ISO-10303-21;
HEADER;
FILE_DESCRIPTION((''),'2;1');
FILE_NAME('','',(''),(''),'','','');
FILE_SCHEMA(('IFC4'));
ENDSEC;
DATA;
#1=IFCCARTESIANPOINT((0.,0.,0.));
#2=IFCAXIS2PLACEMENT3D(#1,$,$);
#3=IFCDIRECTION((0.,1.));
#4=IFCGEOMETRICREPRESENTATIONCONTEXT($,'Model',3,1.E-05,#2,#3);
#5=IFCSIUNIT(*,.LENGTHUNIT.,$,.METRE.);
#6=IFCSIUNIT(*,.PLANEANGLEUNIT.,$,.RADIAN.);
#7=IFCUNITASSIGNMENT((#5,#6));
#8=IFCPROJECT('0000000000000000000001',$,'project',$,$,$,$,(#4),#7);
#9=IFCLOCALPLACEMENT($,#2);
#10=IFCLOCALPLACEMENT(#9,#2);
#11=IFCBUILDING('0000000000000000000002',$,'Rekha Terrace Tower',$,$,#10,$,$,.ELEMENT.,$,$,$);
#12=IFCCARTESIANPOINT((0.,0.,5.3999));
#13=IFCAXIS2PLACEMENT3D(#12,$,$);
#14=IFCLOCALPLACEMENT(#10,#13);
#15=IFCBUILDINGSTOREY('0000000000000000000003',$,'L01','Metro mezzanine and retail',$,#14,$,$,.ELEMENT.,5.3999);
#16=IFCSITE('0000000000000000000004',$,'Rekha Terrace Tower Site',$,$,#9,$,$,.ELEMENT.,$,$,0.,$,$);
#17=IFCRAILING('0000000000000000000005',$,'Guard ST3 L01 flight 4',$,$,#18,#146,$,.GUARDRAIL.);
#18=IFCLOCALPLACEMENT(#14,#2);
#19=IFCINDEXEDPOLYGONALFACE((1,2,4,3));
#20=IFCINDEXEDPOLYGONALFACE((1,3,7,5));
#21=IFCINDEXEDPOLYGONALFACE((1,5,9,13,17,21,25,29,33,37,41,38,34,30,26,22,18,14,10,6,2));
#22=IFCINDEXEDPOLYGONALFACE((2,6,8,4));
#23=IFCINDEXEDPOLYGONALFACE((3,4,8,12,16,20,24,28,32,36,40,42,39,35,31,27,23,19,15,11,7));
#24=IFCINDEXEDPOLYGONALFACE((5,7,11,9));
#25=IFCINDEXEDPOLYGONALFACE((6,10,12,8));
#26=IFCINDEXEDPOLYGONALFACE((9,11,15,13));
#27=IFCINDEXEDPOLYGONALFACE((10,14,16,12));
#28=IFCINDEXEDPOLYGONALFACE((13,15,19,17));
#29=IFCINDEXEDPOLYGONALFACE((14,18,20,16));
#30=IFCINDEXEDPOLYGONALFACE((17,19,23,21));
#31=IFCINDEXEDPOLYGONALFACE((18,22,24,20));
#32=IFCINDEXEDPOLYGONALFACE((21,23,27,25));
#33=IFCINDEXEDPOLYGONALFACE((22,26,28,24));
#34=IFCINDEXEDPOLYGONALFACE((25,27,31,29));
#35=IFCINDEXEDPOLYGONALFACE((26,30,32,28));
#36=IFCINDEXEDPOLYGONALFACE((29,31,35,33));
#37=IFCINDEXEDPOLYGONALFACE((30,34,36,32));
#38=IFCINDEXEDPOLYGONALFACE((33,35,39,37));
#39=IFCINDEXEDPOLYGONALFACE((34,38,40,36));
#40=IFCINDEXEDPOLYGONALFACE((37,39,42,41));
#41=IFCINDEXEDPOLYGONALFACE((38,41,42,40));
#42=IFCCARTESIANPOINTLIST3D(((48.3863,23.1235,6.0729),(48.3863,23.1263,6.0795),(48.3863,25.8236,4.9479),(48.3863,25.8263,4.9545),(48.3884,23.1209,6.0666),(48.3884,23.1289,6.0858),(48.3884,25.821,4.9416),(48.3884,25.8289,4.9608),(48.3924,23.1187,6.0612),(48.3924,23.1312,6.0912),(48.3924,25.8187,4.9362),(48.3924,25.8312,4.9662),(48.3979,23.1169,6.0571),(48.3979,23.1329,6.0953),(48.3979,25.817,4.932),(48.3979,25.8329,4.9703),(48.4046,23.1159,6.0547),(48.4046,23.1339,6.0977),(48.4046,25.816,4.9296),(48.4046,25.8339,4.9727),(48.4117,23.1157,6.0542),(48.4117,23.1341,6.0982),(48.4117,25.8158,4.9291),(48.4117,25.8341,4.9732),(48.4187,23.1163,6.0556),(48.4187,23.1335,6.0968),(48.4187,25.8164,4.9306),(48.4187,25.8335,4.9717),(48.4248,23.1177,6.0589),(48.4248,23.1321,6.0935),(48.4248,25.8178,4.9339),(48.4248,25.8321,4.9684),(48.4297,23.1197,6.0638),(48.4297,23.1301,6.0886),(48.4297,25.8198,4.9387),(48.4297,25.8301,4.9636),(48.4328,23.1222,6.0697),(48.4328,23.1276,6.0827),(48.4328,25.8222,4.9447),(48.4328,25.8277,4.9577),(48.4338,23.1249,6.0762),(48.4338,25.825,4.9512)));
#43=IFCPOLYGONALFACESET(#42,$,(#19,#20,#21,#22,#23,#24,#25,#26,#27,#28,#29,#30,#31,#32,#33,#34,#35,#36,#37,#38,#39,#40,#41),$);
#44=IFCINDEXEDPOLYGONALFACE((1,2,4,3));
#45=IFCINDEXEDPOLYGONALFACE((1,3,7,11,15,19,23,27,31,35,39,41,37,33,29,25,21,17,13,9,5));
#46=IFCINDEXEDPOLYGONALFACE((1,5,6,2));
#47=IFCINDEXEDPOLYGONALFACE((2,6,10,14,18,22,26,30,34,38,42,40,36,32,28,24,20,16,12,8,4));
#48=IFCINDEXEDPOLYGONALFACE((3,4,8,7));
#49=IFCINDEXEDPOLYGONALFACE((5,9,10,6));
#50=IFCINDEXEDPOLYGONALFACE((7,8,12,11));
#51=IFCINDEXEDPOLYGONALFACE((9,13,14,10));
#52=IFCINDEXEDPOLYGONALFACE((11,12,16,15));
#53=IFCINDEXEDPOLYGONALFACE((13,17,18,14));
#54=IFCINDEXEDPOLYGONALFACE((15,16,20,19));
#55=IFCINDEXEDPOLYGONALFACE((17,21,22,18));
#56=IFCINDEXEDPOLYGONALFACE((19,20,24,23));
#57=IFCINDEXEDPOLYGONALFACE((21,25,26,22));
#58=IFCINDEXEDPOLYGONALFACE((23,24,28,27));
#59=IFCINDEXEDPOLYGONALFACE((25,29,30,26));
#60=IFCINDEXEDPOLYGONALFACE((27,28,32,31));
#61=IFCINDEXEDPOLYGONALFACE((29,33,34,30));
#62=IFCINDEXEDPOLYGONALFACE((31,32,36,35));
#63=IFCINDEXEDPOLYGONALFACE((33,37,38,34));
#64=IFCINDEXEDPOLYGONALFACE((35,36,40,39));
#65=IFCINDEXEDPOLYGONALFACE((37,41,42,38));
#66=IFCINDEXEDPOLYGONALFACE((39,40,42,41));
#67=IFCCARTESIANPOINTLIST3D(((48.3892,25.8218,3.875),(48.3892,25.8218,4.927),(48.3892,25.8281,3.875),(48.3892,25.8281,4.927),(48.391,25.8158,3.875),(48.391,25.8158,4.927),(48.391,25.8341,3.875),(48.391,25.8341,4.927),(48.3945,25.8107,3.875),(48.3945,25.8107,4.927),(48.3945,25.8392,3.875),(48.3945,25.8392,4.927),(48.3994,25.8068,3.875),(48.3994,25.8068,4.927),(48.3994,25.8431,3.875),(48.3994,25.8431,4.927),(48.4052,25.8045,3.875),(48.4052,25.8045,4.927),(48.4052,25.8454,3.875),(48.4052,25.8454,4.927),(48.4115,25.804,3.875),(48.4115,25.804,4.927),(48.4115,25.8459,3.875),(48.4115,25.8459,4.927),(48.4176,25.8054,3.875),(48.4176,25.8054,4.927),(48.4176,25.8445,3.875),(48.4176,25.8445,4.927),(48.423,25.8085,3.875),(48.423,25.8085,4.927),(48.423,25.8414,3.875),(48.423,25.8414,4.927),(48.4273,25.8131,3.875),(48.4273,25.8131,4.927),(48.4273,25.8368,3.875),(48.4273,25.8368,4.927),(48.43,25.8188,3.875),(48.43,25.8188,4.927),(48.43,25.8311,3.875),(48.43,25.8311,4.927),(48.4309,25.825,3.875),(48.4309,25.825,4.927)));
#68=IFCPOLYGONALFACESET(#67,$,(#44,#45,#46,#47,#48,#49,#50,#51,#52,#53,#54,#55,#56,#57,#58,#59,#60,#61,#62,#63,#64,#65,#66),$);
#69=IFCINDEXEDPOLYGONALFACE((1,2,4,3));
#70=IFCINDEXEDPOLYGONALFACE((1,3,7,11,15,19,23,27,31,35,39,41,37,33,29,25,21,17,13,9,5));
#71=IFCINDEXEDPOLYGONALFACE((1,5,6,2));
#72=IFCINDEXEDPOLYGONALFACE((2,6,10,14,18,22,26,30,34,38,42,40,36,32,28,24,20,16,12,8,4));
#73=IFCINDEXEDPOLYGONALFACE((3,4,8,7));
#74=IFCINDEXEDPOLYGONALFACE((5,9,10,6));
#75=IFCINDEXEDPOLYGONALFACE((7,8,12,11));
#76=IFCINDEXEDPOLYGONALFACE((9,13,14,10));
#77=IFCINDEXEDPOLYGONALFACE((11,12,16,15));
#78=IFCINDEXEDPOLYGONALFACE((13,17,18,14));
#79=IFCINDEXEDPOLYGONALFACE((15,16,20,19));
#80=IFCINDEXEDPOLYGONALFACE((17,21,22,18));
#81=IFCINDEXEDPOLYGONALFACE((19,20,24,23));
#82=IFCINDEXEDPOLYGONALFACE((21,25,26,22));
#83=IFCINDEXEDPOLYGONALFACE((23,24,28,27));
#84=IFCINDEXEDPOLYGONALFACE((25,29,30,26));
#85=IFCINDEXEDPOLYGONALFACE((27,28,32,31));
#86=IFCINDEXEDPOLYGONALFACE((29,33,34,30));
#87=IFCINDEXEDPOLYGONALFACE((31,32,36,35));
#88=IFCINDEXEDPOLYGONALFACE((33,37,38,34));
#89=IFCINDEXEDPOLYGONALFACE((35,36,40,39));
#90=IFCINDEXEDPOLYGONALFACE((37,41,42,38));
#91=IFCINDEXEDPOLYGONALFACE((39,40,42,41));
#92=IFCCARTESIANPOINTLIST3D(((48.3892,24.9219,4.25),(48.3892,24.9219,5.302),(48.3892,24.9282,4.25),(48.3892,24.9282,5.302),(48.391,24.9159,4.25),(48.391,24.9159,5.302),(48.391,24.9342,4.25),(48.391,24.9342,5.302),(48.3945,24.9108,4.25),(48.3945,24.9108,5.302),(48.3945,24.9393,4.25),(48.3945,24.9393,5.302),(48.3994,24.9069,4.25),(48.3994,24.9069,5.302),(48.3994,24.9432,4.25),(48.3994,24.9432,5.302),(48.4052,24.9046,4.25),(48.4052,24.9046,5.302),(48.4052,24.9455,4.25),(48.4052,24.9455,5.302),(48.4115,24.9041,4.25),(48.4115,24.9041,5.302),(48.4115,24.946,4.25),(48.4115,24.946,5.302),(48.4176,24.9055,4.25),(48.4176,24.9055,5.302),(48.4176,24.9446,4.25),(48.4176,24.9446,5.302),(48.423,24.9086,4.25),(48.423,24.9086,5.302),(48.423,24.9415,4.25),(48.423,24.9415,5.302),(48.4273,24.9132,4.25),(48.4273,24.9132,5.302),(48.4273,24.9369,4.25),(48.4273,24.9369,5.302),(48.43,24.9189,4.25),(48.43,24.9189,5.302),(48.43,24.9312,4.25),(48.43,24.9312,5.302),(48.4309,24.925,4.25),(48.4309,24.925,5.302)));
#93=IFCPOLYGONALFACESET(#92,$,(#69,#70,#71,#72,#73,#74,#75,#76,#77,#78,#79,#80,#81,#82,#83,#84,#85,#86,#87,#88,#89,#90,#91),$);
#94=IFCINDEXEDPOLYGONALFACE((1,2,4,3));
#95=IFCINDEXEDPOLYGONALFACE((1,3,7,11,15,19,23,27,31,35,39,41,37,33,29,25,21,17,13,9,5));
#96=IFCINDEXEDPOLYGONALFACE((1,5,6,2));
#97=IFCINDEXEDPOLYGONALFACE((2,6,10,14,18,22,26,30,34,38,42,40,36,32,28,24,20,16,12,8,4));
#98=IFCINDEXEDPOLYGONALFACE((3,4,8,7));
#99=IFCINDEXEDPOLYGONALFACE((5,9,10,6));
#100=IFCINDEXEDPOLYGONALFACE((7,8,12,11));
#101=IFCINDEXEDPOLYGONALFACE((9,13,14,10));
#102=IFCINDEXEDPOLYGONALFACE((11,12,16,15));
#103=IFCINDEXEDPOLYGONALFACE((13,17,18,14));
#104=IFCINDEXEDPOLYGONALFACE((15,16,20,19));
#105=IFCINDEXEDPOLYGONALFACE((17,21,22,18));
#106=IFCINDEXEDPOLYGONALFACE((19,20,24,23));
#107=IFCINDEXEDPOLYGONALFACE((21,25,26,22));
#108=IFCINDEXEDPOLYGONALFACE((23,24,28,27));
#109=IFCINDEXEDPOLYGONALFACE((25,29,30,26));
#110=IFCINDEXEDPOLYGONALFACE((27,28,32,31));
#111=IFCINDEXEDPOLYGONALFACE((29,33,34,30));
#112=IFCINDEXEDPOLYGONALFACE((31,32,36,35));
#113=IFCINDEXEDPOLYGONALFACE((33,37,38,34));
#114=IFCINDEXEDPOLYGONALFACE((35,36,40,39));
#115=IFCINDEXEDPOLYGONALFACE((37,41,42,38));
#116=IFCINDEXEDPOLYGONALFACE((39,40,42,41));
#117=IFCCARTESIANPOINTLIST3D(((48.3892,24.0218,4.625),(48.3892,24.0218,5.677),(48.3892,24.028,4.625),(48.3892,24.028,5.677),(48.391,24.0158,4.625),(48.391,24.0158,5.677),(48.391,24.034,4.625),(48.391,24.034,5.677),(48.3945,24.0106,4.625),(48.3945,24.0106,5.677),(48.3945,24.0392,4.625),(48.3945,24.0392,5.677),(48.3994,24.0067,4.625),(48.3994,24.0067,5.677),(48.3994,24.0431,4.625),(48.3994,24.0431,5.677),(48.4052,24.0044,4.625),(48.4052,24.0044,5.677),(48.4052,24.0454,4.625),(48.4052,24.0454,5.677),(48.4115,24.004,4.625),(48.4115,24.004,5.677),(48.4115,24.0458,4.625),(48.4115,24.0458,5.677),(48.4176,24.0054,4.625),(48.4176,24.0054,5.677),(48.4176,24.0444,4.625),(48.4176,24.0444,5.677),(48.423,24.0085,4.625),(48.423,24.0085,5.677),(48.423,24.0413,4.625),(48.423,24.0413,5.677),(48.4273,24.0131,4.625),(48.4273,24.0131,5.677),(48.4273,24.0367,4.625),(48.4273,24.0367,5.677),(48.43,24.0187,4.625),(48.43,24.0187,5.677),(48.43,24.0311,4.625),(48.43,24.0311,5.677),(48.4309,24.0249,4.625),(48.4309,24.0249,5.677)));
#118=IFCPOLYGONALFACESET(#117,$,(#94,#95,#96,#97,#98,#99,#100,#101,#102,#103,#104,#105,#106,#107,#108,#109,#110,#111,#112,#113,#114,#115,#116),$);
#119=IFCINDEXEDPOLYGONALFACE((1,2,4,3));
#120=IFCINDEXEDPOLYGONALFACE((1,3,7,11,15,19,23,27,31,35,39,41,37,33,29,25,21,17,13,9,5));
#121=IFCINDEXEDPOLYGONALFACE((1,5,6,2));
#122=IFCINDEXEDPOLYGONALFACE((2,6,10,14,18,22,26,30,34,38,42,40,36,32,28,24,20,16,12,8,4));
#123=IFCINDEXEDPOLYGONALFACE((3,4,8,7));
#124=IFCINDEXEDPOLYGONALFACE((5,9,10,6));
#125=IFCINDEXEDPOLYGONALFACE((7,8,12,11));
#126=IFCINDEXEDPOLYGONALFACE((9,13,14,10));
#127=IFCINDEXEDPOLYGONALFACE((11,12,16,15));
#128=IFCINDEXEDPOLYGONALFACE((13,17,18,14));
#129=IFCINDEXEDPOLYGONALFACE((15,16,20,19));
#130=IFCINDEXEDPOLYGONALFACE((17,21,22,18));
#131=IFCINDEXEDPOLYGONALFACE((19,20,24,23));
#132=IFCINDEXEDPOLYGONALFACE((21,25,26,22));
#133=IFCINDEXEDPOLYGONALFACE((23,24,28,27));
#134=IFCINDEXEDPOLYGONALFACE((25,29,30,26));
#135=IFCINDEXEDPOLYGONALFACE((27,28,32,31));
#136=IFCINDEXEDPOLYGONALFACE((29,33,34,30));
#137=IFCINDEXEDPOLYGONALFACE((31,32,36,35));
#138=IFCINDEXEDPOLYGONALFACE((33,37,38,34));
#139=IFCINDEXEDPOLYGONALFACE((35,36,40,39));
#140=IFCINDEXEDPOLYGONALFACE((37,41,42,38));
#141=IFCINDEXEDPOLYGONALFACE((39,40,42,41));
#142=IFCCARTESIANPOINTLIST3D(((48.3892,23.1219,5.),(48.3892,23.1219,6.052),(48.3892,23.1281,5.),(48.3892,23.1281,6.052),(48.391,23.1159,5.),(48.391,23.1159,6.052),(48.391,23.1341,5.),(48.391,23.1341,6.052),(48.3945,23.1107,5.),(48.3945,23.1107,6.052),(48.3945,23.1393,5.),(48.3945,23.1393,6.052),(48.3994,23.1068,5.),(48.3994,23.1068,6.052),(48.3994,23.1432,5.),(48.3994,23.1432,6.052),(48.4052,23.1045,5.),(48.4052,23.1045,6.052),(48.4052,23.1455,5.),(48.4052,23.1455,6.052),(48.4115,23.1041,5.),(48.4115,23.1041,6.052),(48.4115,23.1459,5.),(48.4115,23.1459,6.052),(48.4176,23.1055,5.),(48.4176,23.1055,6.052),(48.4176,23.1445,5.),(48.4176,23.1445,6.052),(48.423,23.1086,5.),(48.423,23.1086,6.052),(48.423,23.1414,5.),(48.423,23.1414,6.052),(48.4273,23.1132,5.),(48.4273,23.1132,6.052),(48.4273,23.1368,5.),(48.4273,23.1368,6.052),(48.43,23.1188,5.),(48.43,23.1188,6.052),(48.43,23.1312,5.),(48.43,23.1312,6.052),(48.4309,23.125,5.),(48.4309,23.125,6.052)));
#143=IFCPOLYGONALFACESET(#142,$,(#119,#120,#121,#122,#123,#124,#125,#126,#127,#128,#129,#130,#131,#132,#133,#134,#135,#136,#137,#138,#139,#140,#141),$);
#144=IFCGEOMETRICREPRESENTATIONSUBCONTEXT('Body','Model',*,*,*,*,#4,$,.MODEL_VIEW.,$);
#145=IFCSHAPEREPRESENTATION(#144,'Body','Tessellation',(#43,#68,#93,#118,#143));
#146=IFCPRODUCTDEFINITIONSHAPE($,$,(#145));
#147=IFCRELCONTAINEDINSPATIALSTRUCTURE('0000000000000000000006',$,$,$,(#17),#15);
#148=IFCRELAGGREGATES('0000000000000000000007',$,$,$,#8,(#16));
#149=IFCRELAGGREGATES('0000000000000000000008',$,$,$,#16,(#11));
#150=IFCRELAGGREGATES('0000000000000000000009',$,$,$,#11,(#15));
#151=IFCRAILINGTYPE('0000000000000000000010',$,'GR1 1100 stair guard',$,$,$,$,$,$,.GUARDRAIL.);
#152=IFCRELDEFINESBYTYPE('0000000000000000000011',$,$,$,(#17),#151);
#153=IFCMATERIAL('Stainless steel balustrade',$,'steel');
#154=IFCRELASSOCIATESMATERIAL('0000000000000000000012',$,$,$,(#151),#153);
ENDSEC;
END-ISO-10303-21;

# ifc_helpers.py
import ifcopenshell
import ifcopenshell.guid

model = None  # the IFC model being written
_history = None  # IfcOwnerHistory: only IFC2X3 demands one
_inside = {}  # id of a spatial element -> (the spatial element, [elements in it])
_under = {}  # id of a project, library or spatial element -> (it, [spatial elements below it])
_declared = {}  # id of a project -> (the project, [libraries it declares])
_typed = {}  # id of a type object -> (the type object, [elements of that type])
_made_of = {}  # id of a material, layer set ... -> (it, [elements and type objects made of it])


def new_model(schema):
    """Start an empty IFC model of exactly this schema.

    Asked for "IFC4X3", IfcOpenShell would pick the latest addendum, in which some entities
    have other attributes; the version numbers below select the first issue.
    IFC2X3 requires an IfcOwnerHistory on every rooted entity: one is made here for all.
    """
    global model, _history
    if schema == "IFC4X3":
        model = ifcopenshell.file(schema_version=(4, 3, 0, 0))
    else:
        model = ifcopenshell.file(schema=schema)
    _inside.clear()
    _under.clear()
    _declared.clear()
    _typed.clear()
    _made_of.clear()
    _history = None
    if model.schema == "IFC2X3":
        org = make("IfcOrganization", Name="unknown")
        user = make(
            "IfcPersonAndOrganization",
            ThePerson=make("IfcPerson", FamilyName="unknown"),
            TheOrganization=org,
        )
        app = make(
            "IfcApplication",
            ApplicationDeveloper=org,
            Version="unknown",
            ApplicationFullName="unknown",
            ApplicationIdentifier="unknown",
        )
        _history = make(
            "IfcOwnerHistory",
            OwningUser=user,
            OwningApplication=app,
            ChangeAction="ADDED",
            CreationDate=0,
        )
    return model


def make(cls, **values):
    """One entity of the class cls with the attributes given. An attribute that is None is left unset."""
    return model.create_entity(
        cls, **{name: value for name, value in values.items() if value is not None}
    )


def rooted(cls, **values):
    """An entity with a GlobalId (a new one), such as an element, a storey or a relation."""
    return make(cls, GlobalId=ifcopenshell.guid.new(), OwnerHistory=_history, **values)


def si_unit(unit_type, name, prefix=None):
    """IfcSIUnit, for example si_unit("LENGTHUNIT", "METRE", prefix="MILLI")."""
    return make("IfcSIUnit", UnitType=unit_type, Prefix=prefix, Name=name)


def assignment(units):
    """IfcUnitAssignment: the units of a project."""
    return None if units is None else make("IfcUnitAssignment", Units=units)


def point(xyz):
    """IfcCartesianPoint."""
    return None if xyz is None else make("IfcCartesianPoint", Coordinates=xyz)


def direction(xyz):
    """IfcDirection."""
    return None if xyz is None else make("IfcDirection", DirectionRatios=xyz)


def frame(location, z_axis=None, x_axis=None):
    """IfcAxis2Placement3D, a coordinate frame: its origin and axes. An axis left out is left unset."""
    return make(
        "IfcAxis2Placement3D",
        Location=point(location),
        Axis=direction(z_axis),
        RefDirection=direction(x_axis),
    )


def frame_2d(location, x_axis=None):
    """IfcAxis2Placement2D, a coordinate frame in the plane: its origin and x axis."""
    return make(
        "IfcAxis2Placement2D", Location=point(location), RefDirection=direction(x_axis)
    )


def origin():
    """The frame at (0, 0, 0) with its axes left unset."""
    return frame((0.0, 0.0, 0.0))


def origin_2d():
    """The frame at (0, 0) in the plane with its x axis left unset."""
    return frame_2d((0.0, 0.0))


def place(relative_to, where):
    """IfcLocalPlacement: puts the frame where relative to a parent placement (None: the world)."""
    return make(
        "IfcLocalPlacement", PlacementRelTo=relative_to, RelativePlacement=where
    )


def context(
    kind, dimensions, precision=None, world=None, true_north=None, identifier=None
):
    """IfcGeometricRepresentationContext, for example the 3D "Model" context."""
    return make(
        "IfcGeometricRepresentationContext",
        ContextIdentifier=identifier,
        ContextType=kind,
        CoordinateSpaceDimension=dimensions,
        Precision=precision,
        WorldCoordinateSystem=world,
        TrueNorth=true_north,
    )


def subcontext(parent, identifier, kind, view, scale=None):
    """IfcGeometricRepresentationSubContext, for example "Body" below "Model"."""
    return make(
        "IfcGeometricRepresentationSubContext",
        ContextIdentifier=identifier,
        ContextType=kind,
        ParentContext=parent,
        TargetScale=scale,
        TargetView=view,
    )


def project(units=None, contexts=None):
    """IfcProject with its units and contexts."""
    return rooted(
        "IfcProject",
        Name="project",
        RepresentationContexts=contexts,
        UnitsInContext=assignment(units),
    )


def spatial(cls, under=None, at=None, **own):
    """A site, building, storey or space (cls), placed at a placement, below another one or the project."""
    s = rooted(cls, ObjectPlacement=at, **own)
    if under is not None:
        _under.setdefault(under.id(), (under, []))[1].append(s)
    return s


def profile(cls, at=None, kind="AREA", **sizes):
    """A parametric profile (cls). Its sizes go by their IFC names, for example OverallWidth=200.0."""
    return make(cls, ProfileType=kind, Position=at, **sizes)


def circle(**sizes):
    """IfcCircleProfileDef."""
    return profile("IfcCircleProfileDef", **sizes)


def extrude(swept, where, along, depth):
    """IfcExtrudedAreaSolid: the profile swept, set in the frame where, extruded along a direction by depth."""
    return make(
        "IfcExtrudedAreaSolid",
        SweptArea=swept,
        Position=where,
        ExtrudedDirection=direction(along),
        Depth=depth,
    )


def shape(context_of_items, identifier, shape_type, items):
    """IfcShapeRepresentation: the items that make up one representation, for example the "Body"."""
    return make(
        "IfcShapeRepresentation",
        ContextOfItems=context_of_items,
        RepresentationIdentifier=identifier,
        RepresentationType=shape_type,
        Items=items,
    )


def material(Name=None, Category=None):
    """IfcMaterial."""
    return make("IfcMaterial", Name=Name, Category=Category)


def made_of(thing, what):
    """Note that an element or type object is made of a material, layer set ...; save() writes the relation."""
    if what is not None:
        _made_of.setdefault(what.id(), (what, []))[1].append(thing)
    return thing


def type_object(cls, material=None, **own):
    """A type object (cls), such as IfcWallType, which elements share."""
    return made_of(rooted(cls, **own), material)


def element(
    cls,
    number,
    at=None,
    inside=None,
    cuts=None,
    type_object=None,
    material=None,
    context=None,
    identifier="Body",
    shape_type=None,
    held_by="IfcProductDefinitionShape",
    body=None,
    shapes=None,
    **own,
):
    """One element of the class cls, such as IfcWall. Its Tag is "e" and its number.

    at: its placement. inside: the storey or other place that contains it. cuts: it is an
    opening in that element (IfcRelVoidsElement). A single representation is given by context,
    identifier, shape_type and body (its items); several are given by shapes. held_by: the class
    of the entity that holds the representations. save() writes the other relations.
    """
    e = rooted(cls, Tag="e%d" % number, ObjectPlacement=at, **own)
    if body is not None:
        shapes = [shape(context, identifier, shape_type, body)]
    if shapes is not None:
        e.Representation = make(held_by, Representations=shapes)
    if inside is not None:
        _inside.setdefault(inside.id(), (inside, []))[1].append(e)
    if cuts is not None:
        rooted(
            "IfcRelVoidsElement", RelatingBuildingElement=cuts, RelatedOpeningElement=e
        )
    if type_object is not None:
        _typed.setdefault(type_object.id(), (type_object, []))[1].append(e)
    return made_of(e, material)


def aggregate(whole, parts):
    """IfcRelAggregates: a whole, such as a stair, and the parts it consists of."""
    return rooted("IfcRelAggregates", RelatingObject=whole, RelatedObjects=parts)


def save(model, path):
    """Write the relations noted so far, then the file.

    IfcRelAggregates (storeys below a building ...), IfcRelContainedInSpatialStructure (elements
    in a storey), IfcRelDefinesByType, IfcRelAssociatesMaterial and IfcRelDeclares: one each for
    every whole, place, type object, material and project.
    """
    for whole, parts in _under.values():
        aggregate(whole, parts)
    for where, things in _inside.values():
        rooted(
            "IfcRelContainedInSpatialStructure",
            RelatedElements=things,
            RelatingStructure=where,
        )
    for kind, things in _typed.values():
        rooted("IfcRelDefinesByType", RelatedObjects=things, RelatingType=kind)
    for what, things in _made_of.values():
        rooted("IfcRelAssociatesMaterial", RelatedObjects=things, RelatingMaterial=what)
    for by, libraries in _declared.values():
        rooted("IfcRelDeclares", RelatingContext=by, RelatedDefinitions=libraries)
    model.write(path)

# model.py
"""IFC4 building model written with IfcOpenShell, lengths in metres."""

from ifc_helpers import new_model, si_unit, direction, frame, origin, origin_2d, place, context, subcontext, project, spatial, circle, extrude, material, type_object, element, save


model = new_model("IFC4")

# Units and contexts
model_context = context("Model", 3, precision=1e-05, world=origin(), true_north=direction((0.0, 1.0)))
body_context = subcontext(model_context, "Body", "Model", "MODEL_VIEW")
ifc_project = project(units=[si_unit("LENGTHUNIT", "METRE"), si_unit("PLANEANGLEUNIT", "RADIAN")], contexts=[model_context])

# Site, building, storey
site_placement = place(None, origin())
site = spatial("IfcSite", under=ifc_project, at=site_placement, Name="Rekha Terrace Tower Site", CompositionType="ELEMENT", RefElevation=0.0)
building_placement = place(site_placement, origin())
building = spatial("IfcBuilding", under=site, at=building_placement, Name="Rekha Terrace Tower", CompositionType="ELEMENT")
storey_placement = place(building_placement, frame((0.0, 0.0, 5.3999)))
storey = spatial("IfcBuildingStorey", under=building, at=storey_placement, Name="L01", Description="Metro mezzanine and retail", CompositionType="ELEMENT", Elevation=5.3999)

# Railing
ifc_material_1 = material(Name="Stainless steel balustrade", Category="steel")
railing_type_1 = type_object("IfcRailingType", Name="GR1 1100 stair guard", PredefinedType="GUARDRAIL", material=ifc_material_1)
railing_1_placement = place(storey_placement, frame((48.4099, 25.825, 3.875)))
element("IfcRailing", 1, at=railing_1_placement, inside=storey, type_object=railing_type_1, Name="Guard ST3 L01 flight 4", PredefinedType="GUARDRAIL", context=body_context, shape_type="SweptSolid", body=[
    extrude(circle(Radius=0.0239, at=origin_2d()), frame((0.0, 0.0, 1.0762), z_axis=(0.0, -0.923074, 0.384621), x_axis=(1.0, 0.0, 0.0)), (0.0, 0.0, 1.0), 2.925),
    extrude(circle(Radius=0.021, at=origin_2d()), origin(), (0.0, 0.0, 1.0), 1.052),
    extrude(circle(Radius=0.021, at=origin_2d()), frame((0.0, -0.8999, 0.375)), (0.0, 0.0, 1.0), 1.052),
    extrude(circle(Radius=0.021, at=origin_2d()), frame((0.0, -1.8, 0.75)), (0.0, 0.0, 1.0), 1.052),
    extrude(circle(Radius=0.021, at=origin_2d()), frame((0.0, -2.7, 1.125)), (0.0, 0.0, 1.0), 1.052),
])

save(model, "model.ifc")
